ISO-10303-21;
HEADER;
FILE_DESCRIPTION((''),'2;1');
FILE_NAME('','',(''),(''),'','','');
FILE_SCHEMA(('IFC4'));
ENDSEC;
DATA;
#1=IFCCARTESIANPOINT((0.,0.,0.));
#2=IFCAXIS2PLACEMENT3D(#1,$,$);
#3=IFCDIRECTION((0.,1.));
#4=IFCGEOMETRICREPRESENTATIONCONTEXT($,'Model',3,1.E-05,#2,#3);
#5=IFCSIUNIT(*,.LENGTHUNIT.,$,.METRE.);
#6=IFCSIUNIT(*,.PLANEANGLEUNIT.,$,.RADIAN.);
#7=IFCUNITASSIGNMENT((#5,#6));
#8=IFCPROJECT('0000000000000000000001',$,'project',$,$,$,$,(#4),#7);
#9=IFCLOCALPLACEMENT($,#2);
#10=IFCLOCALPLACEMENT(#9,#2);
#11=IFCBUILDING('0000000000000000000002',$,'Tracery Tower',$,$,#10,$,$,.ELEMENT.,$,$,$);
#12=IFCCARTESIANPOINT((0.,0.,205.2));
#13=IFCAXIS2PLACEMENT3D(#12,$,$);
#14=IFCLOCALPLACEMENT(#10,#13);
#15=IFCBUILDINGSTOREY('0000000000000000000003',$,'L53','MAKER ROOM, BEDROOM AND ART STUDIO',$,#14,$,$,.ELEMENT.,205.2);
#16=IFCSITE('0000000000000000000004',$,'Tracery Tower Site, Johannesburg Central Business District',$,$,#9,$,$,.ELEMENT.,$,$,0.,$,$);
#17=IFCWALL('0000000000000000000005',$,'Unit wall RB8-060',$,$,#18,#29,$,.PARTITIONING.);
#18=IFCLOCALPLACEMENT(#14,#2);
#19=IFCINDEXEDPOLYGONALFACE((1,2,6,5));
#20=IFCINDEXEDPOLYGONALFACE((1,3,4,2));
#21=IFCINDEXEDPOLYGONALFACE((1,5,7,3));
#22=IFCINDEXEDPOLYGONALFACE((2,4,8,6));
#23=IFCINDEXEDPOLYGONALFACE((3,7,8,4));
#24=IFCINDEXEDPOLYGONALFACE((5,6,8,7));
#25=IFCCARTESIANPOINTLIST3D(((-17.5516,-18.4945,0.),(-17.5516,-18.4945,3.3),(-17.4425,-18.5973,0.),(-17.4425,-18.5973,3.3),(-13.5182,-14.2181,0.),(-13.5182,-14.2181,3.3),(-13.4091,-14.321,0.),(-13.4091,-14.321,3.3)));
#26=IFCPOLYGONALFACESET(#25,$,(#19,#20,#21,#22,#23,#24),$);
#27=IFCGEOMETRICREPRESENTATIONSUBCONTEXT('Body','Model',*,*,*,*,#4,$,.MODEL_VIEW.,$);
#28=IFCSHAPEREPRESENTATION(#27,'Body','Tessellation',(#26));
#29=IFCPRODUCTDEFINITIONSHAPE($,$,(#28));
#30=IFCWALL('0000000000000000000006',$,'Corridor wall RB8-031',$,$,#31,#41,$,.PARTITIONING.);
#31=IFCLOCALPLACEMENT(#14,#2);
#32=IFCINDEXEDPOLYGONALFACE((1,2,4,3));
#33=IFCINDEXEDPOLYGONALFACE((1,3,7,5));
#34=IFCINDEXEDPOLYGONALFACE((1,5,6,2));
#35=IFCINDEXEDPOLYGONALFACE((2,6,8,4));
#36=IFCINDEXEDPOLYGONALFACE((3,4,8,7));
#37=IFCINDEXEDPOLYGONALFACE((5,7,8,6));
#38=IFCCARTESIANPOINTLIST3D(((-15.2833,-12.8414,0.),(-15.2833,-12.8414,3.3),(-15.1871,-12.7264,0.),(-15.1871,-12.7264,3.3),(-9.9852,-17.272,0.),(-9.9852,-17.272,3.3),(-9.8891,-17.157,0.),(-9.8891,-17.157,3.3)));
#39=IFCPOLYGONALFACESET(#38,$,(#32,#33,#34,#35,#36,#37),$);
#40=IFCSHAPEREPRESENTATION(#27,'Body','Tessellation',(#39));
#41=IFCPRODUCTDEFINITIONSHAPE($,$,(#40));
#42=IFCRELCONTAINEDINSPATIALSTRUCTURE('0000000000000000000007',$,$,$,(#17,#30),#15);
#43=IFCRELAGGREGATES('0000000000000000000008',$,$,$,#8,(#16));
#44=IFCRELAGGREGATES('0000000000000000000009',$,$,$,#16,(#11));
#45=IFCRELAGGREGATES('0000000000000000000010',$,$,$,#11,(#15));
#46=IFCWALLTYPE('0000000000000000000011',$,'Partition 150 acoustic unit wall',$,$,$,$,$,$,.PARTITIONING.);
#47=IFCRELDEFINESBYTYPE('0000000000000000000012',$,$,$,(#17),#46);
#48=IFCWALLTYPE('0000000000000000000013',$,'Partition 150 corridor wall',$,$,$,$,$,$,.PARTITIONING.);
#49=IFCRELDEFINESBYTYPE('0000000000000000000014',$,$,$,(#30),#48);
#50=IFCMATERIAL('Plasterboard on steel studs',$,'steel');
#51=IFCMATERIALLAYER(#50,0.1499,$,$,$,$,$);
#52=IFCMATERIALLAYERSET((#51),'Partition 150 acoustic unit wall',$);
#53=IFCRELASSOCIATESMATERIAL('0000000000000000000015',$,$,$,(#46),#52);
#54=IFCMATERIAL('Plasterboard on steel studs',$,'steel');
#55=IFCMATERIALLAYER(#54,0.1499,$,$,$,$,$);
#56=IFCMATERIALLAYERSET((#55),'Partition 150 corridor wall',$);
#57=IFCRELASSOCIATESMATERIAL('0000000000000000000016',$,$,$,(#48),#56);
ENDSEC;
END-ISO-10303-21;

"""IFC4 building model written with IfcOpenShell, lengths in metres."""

from ifc_helpers import new_model, si_unit, direction, frame, frame_2d, origin, place, context, subcontext, project, spatial, rectangle, extrude, material, layer, layer_set, type_object, element, save


model = new_model("IFC4")

# Units and contexts
model_context = context("Model", 3, precision=1e-05, world=origin(), true_north=direction((0.0, 1.0)))
body_context = subcontext(model_context, "Body", "Model", "MODEL_VIEW")
ifc_project = project(units=[si_unit("LENGTHUNIT", "METRE"), si_unit("PLANEANGLEUNIT", "RADIAN")], contexts=[model_context])

# Site, building, storey
site_placement = place(None, origin())
site = spatial("IfcSite", under=ifc_project, at=site_placement, Name="Tracery Tower Site, Johannesburg Central Business District", CompositionType="ELEMENT", RefElevation=0.0)
building_placement = place(site_placement, origin())
building = spatial("IfcBuilding", under=site, at=building_placement, Name="Tracery Tower", CompositionType="ELEMENT")
storey_placement = place(building_placement, frame((0.0, 0.0, 205.2)))
storey = spatial("IfcBuildingStorey", under=building, at=storey_placement, Name="L53", Description="MAKER ROOM, BEDROOM AND ART STUDIO", CompositionType="ELEMENT", Elevation=205.2)

# Walls
ifc_material_1 = material(Name="Plasterboard on steel studs", Category="steel")
ifc_layer_1 = layer(ifc_material_1, 0.1499)
ifc_layer_set_1 = layer_set([ifc_layer_1], Name="Partition 150 acoustic unit wall")
wall_type_1 = type_object("IfcWallType", Name="Partition 150 acoustic unit wall", PredefinedType="PARTITIONING", material=ifc_layer_set_1)
wall_1_placement = place(storey_placement, frame((-17.4971, -18.5459, 0.0), z_axis=(0.0, 0.0, 1.0), x_axis=(0.686143, 0.727467, 0.0)))
element("IfcWall", 1, at=wall_1_placement, inside=storey, type_object=wall_type_1, Name="Unit wall RB8-060", PredefinedType="PARTITIONING", context=body_context, shape_type="SweptSolid", body=[
    extrude(rectangle(XDim=5.8784, YDim=0.1499, at=frame_2d((2.9392, 0.0))), origin(), (0.0, 0.0, 1.0), 3.3),
])
ifc_material_2 = material(Name="Plasterboard on steel studs", Category="steel")
ifc_layer_2 = layer(ifc_material_2, 0.1499)
ifc_layer_set_2 = layer_set([ifc_layer_2], Name="Partition 150 corridor wall")
wall_type_2 = type_object("IfcWallType", Name="Partition 150 corridor wall", PredefinedType="PARTITIONING", material=ifc_layer_set_2)
wall_2_placement = place(storey_placement, frame((-15.2351, -12.7839, 0.0), z_axis=(0.0, 0.0, 1.0), x_axis=(0.76711, -0.641515, 0.0)))
element("IfcWall", 2, at=wall_2_placement, inside=storey, type_object=wall_type_2, Name="Corridor wall RB8-031", PredefinedType="PARTITIONING", context=body_context, shape_type="SweptSolid", body=[
    extrude(rectangle(XDim=6.9065, YDim=0.1499, at=frame_2d((3.4531, 0.0))), origin(), (0.0, 0.0, 1.0), 3.3),
])

save(model, "model.ifc")
